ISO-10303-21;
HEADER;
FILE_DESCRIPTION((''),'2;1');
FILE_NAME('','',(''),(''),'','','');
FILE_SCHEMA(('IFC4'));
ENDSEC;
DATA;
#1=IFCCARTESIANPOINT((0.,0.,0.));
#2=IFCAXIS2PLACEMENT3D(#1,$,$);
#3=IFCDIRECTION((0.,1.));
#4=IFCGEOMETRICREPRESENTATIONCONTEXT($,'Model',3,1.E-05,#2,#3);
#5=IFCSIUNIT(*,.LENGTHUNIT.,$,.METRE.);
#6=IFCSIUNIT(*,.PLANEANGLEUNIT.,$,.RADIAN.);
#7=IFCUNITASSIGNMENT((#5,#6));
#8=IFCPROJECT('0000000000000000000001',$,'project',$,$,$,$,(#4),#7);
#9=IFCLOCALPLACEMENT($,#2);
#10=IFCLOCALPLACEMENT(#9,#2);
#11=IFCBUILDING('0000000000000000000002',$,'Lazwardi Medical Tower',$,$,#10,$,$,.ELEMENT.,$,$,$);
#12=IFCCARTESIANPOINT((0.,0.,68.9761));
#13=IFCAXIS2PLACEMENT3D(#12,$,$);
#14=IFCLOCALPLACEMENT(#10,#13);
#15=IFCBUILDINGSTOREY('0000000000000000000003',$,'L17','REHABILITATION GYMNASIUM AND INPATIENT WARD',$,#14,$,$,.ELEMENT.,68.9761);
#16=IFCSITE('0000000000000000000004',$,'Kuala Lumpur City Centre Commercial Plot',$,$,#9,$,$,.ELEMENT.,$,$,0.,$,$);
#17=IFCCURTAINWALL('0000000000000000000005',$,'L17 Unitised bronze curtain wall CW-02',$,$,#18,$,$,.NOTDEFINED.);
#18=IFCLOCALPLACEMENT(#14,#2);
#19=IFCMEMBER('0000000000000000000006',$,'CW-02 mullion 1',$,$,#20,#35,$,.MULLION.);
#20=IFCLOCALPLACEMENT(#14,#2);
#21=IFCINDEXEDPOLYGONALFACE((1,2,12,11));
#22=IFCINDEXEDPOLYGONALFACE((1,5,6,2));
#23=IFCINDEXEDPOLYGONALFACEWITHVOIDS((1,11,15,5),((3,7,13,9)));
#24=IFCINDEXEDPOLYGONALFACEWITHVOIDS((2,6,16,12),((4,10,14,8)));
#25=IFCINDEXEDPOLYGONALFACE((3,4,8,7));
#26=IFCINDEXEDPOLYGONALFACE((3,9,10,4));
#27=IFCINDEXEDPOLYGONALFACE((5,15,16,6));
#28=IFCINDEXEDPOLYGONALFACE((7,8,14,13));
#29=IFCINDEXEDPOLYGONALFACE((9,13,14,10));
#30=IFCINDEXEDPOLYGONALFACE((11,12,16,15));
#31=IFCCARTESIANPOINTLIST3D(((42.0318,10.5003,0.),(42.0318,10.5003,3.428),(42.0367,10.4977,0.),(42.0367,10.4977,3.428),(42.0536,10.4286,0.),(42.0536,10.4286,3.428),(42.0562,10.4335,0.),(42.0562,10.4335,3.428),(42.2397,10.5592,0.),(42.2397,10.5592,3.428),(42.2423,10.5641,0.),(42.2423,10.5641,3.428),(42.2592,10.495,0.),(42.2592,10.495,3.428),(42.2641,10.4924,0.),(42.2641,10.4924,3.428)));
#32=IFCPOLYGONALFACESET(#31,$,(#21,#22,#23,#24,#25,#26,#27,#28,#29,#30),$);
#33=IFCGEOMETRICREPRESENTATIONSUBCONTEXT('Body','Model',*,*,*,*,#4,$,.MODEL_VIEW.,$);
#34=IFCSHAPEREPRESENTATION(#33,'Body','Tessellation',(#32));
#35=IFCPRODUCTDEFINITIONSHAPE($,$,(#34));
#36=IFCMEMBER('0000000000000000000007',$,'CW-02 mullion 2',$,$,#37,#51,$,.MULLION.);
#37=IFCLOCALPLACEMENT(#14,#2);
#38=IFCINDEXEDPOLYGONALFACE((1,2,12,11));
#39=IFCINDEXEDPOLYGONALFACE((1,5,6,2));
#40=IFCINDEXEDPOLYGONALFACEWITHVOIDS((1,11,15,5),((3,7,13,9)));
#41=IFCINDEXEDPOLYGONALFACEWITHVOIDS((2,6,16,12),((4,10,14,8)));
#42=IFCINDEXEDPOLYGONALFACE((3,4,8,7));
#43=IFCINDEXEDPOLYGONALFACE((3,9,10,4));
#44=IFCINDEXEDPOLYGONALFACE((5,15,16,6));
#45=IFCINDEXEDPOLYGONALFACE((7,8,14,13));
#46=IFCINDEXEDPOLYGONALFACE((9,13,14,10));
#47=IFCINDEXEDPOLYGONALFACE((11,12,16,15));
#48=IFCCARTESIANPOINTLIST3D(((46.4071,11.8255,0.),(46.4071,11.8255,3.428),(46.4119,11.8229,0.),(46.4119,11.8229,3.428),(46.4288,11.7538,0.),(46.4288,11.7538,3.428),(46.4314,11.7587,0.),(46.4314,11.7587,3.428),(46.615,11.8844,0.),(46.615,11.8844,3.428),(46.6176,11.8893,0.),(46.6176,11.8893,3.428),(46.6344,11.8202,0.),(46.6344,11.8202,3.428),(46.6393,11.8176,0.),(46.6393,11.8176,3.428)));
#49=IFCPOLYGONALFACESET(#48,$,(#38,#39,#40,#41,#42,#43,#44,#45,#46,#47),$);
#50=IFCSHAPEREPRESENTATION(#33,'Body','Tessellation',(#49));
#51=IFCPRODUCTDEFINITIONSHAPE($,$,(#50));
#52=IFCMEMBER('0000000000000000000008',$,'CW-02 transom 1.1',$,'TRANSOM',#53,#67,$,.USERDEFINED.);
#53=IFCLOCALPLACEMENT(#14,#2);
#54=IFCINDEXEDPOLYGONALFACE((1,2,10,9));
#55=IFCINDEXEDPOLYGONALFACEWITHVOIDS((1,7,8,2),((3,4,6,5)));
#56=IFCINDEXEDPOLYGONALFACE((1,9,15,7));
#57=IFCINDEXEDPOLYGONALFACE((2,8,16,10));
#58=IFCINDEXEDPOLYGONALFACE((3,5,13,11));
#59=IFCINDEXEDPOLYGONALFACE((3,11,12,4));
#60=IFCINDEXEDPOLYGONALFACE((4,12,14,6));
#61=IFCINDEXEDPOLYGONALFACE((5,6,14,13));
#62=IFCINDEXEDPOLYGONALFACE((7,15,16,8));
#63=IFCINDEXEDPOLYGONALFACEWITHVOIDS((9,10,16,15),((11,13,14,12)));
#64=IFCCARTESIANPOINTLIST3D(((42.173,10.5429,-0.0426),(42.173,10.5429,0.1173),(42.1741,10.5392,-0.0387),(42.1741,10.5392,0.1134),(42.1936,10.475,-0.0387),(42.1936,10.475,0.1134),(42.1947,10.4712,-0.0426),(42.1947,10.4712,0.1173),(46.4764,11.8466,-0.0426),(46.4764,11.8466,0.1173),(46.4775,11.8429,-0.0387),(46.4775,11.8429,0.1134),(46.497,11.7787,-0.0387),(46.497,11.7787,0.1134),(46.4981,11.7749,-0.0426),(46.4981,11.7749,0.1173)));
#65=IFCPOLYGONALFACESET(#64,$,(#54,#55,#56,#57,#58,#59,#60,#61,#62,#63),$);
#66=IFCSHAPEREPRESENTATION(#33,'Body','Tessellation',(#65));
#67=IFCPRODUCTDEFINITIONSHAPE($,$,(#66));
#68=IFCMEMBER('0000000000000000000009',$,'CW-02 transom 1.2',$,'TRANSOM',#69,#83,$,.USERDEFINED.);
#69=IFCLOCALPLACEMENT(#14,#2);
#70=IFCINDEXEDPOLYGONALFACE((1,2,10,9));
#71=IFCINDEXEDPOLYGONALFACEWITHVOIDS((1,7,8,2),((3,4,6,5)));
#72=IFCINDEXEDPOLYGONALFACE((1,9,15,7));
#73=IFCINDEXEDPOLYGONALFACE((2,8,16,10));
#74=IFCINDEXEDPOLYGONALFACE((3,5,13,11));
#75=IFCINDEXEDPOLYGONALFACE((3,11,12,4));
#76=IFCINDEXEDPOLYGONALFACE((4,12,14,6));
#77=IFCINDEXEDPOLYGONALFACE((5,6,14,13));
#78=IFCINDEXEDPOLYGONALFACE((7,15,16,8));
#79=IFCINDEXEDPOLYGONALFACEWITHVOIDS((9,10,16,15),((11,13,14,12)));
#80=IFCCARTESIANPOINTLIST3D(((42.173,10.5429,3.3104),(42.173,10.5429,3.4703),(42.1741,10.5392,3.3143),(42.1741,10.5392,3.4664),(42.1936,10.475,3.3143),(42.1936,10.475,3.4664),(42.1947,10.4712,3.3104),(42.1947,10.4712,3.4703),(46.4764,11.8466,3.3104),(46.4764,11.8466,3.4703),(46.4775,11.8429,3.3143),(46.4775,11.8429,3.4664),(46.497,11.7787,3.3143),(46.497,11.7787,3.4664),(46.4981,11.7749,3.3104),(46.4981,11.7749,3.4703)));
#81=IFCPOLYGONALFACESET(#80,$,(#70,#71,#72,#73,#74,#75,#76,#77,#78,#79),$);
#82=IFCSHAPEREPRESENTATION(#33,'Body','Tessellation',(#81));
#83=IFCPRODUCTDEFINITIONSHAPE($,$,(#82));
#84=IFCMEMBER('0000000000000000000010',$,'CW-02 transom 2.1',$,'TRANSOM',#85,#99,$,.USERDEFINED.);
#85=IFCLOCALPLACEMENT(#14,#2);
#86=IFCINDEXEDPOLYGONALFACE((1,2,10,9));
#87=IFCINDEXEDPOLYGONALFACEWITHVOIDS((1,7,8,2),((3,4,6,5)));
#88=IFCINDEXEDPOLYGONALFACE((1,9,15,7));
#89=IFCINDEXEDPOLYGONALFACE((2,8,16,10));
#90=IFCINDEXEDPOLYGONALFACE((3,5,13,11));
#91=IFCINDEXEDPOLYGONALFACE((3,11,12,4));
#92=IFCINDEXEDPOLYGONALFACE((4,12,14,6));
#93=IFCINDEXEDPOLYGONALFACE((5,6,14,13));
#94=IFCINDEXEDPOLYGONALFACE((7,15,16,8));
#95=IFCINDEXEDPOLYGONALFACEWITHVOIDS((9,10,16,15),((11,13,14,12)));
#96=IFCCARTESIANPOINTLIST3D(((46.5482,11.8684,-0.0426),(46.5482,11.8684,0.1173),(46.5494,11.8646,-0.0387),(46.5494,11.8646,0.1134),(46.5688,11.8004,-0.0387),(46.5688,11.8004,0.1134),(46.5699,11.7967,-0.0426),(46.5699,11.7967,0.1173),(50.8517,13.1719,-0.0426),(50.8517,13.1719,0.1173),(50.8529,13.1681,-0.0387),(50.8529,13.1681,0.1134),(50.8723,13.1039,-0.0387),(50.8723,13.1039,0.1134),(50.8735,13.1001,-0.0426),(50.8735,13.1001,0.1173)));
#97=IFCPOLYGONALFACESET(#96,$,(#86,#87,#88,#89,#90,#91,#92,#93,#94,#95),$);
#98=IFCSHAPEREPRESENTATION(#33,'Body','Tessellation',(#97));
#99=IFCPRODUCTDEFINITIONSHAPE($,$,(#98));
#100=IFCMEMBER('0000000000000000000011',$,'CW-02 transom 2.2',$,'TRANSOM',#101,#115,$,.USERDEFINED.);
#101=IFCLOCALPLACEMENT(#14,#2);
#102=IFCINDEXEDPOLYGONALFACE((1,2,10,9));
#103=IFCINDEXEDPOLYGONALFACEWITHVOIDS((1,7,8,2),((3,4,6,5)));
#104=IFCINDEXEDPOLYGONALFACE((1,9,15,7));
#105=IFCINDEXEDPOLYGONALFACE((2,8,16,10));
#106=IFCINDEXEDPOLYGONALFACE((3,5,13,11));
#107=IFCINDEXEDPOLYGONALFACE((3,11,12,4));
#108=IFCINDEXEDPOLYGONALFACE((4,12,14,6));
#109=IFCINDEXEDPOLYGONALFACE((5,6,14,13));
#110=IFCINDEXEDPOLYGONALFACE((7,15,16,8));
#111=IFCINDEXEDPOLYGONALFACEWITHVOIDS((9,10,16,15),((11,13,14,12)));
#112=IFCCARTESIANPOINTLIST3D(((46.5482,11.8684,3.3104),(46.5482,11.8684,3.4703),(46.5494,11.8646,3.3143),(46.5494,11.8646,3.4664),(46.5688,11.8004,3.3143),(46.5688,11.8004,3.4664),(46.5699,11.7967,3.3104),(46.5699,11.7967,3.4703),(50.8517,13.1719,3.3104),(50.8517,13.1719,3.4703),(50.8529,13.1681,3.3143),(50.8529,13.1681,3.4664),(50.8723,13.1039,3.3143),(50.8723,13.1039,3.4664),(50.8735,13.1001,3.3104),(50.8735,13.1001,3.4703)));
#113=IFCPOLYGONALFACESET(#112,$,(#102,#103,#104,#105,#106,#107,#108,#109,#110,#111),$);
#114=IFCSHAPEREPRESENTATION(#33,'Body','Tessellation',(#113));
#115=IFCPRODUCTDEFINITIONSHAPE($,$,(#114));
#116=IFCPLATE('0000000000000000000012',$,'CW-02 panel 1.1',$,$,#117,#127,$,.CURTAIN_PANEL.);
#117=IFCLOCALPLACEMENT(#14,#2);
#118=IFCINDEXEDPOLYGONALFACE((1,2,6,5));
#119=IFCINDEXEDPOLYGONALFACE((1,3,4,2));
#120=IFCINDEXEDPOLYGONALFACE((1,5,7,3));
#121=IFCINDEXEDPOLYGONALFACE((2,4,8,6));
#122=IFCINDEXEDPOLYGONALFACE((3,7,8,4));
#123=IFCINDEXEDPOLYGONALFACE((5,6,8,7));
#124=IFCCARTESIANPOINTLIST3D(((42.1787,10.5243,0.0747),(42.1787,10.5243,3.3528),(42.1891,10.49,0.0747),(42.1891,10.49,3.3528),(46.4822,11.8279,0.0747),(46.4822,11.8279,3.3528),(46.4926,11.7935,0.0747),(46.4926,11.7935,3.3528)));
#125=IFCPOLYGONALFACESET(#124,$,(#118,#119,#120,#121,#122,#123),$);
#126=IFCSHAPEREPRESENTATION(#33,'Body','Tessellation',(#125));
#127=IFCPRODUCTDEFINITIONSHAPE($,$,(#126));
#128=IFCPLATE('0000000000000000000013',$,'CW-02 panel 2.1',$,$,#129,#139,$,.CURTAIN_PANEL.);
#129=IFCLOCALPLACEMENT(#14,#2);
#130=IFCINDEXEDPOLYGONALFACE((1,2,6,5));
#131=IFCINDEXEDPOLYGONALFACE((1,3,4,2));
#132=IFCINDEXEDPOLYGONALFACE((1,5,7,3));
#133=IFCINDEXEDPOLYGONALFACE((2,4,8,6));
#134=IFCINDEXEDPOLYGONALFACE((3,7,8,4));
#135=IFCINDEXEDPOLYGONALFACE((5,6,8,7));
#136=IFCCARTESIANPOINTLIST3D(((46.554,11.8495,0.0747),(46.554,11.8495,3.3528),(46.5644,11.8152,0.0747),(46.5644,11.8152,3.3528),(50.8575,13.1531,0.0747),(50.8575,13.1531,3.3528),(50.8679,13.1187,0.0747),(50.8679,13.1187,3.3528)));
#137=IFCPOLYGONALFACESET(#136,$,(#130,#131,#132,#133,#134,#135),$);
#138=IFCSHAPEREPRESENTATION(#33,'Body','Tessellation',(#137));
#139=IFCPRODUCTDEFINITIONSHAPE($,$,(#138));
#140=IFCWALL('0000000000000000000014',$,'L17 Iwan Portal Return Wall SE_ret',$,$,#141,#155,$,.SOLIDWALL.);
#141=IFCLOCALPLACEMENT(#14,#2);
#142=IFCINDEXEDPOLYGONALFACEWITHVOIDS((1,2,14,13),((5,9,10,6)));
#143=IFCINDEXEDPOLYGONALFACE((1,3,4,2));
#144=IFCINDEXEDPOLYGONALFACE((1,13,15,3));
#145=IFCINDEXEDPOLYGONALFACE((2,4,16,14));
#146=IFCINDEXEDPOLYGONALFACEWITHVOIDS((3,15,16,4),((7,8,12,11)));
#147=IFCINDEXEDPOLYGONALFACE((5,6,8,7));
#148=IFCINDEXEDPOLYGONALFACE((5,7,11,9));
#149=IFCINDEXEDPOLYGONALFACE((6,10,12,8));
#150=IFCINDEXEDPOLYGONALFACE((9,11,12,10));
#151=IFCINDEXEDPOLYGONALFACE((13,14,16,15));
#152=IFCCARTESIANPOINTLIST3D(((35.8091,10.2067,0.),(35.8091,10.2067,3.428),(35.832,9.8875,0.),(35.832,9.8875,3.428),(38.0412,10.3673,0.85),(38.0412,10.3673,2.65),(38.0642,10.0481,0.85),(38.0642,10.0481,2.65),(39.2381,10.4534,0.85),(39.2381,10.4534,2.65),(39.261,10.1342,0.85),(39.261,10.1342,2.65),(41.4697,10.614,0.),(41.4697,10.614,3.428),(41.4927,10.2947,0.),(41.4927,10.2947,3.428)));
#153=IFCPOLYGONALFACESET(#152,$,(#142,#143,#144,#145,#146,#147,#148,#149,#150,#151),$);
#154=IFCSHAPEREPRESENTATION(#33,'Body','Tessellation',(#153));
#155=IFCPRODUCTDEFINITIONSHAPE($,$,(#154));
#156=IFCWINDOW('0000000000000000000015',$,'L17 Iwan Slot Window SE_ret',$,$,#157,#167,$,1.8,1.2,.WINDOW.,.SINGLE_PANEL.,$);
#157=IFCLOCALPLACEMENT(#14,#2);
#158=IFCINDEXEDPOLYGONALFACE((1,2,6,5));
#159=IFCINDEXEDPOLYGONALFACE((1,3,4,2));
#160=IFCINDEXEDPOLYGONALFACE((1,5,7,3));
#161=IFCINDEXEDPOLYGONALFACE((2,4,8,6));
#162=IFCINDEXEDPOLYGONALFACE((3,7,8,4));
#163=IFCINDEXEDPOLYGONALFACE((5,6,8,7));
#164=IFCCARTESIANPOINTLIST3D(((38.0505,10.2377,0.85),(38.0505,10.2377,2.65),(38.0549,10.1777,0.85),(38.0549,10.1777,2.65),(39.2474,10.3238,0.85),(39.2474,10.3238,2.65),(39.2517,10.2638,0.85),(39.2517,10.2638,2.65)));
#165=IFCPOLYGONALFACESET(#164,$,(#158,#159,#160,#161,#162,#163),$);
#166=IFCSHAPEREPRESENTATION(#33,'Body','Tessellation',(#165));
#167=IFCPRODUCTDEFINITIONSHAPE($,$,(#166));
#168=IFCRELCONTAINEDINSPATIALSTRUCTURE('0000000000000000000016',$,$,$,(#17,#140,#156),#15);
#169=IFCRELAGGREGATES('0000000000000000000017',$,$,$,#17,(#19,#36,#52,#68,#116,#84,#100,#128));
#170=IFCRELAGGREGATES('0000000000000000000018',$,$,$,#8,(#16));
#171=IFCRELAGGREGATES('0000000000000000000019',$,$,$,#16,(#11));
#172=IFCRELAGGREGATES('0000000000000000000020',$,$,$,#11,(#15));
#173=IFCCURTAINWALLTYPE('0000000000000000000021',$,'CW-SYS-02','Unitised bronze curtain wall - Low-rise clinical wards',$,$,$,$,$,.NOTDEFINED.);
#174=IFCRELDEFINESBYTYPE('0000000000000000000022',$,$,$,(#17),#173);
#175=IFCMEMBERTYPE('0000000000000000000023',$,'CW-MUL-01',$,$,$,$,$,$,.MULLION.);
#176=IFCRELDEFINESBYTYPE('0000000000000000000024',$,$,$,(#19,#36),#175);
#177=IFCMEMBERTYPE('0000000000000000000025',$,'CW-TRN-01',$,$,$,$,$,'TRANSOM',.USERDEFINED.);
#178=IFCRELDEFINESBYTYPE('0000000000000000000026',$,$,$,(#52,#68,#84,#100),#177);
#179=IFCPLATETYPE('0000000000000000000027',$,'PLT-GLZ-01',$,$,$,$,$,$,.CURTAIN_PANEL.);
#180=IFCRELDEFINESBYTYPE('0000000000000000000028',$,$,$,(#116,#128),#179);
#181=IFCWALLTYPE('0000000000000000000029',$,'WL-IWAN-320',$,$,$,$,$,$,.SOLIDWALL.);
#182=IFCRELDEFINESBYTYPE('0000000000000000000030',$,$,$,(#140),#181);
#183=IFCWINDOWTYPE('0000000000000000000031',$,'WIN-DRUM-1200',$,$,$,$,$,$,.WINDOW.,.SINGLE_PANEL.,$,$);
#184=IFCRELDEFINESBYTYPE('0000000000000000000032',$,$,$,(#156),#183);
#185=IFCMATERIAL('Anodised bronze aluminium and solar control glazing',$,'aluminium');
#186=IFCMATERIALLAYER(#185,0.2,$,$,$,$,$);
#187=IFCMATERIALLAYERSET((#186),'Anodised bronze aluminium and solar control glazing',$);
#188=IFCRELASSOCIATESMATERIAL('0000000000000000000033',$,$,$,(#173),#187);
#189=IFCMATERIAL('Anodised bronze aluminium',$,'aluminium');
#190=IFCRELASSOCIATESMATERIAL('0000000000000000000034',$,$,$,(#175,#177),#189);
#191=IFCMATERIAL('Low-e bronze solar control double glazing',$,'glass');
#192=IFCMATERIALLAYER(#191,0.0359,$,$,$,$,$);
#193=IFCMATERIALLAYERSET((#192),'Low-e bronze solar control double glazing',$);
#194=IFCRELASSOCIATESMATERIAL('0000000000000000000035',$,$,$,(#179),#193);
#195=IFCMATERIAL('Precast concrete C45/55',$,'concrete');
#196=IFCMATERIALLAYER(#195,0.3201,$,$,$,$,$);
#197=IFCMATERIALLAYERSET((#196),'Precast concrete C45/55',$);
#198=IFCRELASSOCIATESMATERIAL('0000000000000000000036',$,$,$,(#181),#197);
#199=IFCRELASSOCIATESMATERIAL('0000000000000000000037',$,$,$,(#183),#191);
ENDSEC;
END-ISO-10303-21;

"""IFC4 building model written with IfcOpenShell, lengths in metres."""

from ifc_helpers import new_model, si_unit, direction, frame, frame_2d, origin, origin_2d, place, context, subcontext, project, spatial, rectangle, hollow_rectangle, extrude, material, layer, layer_set, material_profile, profile_set, type_object, element, fill, aggregate, save


model = new_model("IFC4")

# Units and contexts
model_context = context("Model", 3, precision=1e-05, world=origin(), true_north=direction((0.0, 1.0)))
body_context = subcontext(model_context, "Body", "Model", "MODEL_VIEW")
ifc_project = project(units=[si_unit("LENGTHUNIT", "METRE"), si_unit("PLANEANGLEUNIT", "RADIAN")], contexts=[model_context])

# Site, building, storey
site_placement = place(None, origin())
site = spatial("IfcSite", under=ifc_project, at=site_placement, Name="Kuala Lumpur City Centre Commercial Plot", CompositionType="ELEMENT", RefElevation=0.0)
building_placement = place(site_placement, origin())
building = spatial("IfcBuilding", under=site, at=building_placement, Name="Lazwardi Medical Tower", CompositionType="ELEMENT")
storey_placement = place(building_placement, frame((0.0, 0.0, 68.9761)))
storey = spatial("IfcBuildingStorey", under=building, at=storey_placement, Name="L17", Description="REHABILITATION GYMNASIUM AND INPATIENT WARD", CompositionType="ELEMENT", Elevation=68.9761)

# Curtain wall, members, plates
ifc_material_1 = material(Name="Anodised bronze aluminium and solar control glazing", Category="aluminium")
ifc_layer_1 = layer(ifc_material_1, 0.2)
ifc_layer_set_1 = layer_set([ifc_layer_1], Name="Anodised bronze aluminium and solar control glazing")
curtain_wall_type = type_object("IfcCurtainWallType", Name="CW-SYS-02", Description="Unitised bronze curtain wall - Low-rise clinical wards", PredefinedType="NOTDEFINED", material=ifc_layer_set_1)
curtain_wall_placement = place(storey_placement, origin())
curtain_wall = element("IfcCurtainWall", 1, at=curtain_wall_placement, inside=storey, type_object=curtain_wall_type, Name="L17 Unitised bronze curtain wall CW-02", PredefinedType="NOTDEFINED")
ifc_material_2 = material(Name="Anodised bronze aluminium", Category="aluminium")
ifc_material_profile_1 = material_profile(ifc_material_2, hollow_rectangle(XDim=0.075, YDim=0.22, WallThickness=0.0039, at=origin_2d()), Name="ALU-MULLION 220x75x4")
ifc_profile_set_1 = profile_set([ifc_material_profile_1], Name="Anodised bronze aluminium")
member_type_1 = type_object("IfcMemberType", Name="CW-MUL-01", PredefinedType="MULLION", material=ifc_profile_set_1)
member_1_placement = place(storey_placement, frame((42.1479, 10.4963, 0.0), z_axis=(0.0, 0.0, 1.0), x_axis=(-0.289896, 0.957058, 0.0)))
member_1 = element("IfcMember", 2, at=member_1_placement, type_object=member_type_1, Name="CW-02 mullion 1", PredefinedType="MULLION", context=body_context, shape_type="SweptSolid", body=[
    extrude(hollow_rectangle(XDim=0.075, YDim=0.22, WallThickness=0.0039, at=origin_2d()), origin(), (0.0, 0.0, 1.0), 3.428),
])
member_2_placement = place(storey_placement, frame((46.5232, 11.8215, 0.0), z_axis=(0.0, 0.0, 1.0), x_axis=(-0.289896, 0.957058, 0.0)))
member_2 = element("IfcMember", 3, at=member_2_placement, type_object=member_type_1, Name="CW-02 mullion 2", PredefinedType="MULLION", context=body_context, shape_type="SweptSolid", body=[
    extrude(hollow_rectangle(XDim=0.075, YDim=0.22, WallThickness=0.0039, at=origin_2d()), origin(), (0.0, 0.0, 1.0), 3.428),
])
ifc_material_profile_2 = material_profile(ifc_material_2, hollow_rectangle(XDim=0.075, YDim=0.1599, WallThickness=0.0039, at=origin_2d()), Name="ALU-TRANSOM 160x75x4")
ifc_profile_set_2 = profile_set([ifc_material_profile_2], Name="Anodised bronze aluminium")
member_type_2 = type_object("IfcMemberType", Name="CW-TRN-01", ElementType="TRANSOM", PredefinedType="USERDEFINED", material=ifc_profile_set_2)
member_3_placement = place(storey_placement, frame((42.1838, 10.5071, 0.0374), z_axis=(0.957047, 0.289932, 0.0), x_axis=(-0.289932, 0.957047, 0.0)))
member_3 = element("IfcMember", 4, at=member_3_placement, type_object=member_type_2, Name="CW-02 transom 1.1", ObjectType="TRANSOM", PredefinedType="USERDEFINED", context=body_context, shape_type="SweptSolid", body=[
    extrude(hollow_rectangle(XDim=0.075, YDim=0.1599, WallThickness=0.0039, at=origin_2d()), origin(), (0.0, 0.0, 1.0), 4.4966),
])
member_4_placement = place(storey_placement, frame((42.1838, 10.5071, 3.3904), z_axis=(0.957047, 0.289932, 0.0), x_axis=(-0.289932, 0.957047, 0.0)))
member_4 = element("IfcMember", 5, at=member_4_placement, type_object=member_type_2, Name="CW-02 transom 1.2", ObjectType="TRANSOM", PredefinedType="USERDEFINED", context=body_context, shape_type="SweptSolid", body=[
    extrude(hollow_rectangle(XDim=0.075, YDim=0.1599, WallThickness=0.0039, at=origin_2d()), origin(), (0.0, 0.0, 1.0), 4.4966),
])
member_5_placement = place(storey_placement, frame((46.5591, 11.8325, 0.0374), z_axis=(0.957062, 0.289882, 0.0), x_axis=(-0.289882, 0.957062, 0.0)))
member_5 = element("IfcMember", 6, at=member_5_placement, type_object=member_type_2, Name="CW-02 transom 2.1", ObjectType="TRANSOM", PredefinedType="USERDEFINED", context=body_context, shape_type="SweptSolid", body=[
    extrude(hollow_rectangle(XDim=0.075, YDim=0.1599, WallThickness=0.0039, at=origin_2d()), origin(), (0.0, 0.0, 1.0), 4.4966),
])
member_6_placement = place(storey_placement, frame((46.5591, 11.8325, 3.3904), z_axis=(0.957062, 0.289882, 0.0), x_axis=(-0.289882, 0.957062, 0.0)))
member_6 = element("IfcMember", 7, at=member_6_placement, type_object=member_type_2, Name="CW-02 transom 2.2", ObjectType="TRANSOM", PredefinedType="USERDEFINED", context=body_context, shape_type="SweptSolid", body=[
    extrude(hollow_rectangle(XDim=0.075, YDim=0.1599, WallThickness=0.0039, at=origin_2d()), origin(), (0.0, 0.0, 1.0), 4.4966),
])
ifc_material_3 = material(Name="Low-e bronze solar control double glazing", Category="glass")
ifc_layer_2 = layer(ifc_material_3, 0.0359)
ifc_layer_set_2 = layer_set([ifc_layer_2], Name="Low-e bronze solar control double glazing")
plate_type = type_object("IfcPlateType", Name="PLT-GLZ-01", PredefinedType="CURTAIN_PANEL", material=ifc_layer_set_2)
plate_1_placement = place(storey_placement, frame((44.3357, 11.1589, 0.0747), z_axis=(0.0, 0.0, 1.0), x_axis=(0.957058, 0.289896, 0.0)))
plate_1 = element("IfcPlate", 8, at=plate_1_placement, type_object=plate_type, Name="CW-02 panel 1.1", PredefinedType="CURTAIN_PANEL", context=body_context, shape_type="SweptSolid", body=[
    extrude(rectangle(XDim=4.4966, YDim=0.0359, at=origin_2d()), origin(), (0.0, 0.0, 1.0), 3.2781),
])
plate_2_placement = place(storey_placement, frame((48.7109, 12.4841, 0.0747), z_axis=(0.0, 0.0, 1.0), x_axis=(0.957058, 0.289896, 0.0)))
plate_2 = element("IfcPlate", 9, at=plate_2_placement, type_object=plate_type, Name="CW-02 panel 2.1", PredefinedType="CURTAIN_PANEL", context=body_context, shape_type="SweptSolid", body=[
    extrude(rectangle(XDim=4.4966, YDim=0.0359, at=origin_2d()), origin(), (0.0, 0.0, 1.0), 3.2781),
])
aggregate(curtain_wall, [member_1, member_2, member_3, member_4, plate_1, member_5, member_6, plate_2])

# Wall, opening, window
ifc_material_4 = material(Name="Precast concrete C45/55", Category="concrete")
ifc_layer_3 = layer(ifc_material_4, 0.3201)
ifc_layer_set_3 = layer_set([ifc_layer_3], Name="Precast concrete C45/55")
wall_type_1 = type_object("IfcWallType", Name="WL-IWAN-320", PredefinedType="SOLIDWALL", material=ifc_layer_set_3)
wall_1_placement = place(storey_placement, frame((35.8206, 10.0471, 0.0), z_axis=(0.0, 0.0, 1.0), x_axis=(0.997422, 0.071755, 0.0)))
wall_1 = element("IfcWall", 10, at=wall_1_placement, inside=storey, type_object=wall_type_1, Name="L17 Iwan Portal Return Wall SE_ret", PredefinedType="SOLIDWALL", context=body_context, shape_type="SweptSolid", body=[
    extrude(rectangle(XDim=5.6753, YDim=0.3201, at=frame_2d((2.8376, 0.0))), origin(), (0.0, 0.0, 1.0), 3.428),
])
opening_1_placement = place(wall_1_placement, frame((2.2378, 0.0, 0.8501)))
opening_1 = element("IfcOpeningElement", 11, at=opening_1_placement, cuts=wall_1, PredefinedType="OPENING", context=body_context, shape_type="SweptSolid", body=[
    extrude(rectangle(XDim=1.2, YDim=1.8, at=frame_2d((0.6001, 0.8999))), frame((0.0, 0.1699, 0.0), z_axis=(0.0, -1.0, 0.0), x_axis=(1.0, 0.0, 0.0)), (0.0, 0.0, 1.0), 0.3401),
])
window_type_1 = type_object("IfcWindowType", Name="WIN-DRUM-1200", PartitioningType="SINGLE_PANEL", PredefinedType="WINDOW", material=ifc_material_3)
window_1_placement = place(opening_1_placement, origin())
window_1 = element("IfcWindow", 12, at=window_1_placement, inside=storey, type_object=window_type_1, Name="L17 Iwan Slot Window SE_ret", OverallHeight=1.8, OverallWidth=1.2, PartitioningType="SINGLE_PANEL", PredefinedType="WINDOW", context=body_context, shape_type="SweptSolid", body=[
    extrude(rectangle(XDim=1.2, YDim=1.8, at=frame_2d((0.6001, 0.8999))), frame((0.0, 0.03, 0.0), z_axis=(0.0, -1.0, 0.0), x_axis=(1.0, 0.0, 0.0)), (0.0, 0.0, 1.0), 0.0601),
])
fill(opening_1, window_1)

save(model, "model.ifc")
